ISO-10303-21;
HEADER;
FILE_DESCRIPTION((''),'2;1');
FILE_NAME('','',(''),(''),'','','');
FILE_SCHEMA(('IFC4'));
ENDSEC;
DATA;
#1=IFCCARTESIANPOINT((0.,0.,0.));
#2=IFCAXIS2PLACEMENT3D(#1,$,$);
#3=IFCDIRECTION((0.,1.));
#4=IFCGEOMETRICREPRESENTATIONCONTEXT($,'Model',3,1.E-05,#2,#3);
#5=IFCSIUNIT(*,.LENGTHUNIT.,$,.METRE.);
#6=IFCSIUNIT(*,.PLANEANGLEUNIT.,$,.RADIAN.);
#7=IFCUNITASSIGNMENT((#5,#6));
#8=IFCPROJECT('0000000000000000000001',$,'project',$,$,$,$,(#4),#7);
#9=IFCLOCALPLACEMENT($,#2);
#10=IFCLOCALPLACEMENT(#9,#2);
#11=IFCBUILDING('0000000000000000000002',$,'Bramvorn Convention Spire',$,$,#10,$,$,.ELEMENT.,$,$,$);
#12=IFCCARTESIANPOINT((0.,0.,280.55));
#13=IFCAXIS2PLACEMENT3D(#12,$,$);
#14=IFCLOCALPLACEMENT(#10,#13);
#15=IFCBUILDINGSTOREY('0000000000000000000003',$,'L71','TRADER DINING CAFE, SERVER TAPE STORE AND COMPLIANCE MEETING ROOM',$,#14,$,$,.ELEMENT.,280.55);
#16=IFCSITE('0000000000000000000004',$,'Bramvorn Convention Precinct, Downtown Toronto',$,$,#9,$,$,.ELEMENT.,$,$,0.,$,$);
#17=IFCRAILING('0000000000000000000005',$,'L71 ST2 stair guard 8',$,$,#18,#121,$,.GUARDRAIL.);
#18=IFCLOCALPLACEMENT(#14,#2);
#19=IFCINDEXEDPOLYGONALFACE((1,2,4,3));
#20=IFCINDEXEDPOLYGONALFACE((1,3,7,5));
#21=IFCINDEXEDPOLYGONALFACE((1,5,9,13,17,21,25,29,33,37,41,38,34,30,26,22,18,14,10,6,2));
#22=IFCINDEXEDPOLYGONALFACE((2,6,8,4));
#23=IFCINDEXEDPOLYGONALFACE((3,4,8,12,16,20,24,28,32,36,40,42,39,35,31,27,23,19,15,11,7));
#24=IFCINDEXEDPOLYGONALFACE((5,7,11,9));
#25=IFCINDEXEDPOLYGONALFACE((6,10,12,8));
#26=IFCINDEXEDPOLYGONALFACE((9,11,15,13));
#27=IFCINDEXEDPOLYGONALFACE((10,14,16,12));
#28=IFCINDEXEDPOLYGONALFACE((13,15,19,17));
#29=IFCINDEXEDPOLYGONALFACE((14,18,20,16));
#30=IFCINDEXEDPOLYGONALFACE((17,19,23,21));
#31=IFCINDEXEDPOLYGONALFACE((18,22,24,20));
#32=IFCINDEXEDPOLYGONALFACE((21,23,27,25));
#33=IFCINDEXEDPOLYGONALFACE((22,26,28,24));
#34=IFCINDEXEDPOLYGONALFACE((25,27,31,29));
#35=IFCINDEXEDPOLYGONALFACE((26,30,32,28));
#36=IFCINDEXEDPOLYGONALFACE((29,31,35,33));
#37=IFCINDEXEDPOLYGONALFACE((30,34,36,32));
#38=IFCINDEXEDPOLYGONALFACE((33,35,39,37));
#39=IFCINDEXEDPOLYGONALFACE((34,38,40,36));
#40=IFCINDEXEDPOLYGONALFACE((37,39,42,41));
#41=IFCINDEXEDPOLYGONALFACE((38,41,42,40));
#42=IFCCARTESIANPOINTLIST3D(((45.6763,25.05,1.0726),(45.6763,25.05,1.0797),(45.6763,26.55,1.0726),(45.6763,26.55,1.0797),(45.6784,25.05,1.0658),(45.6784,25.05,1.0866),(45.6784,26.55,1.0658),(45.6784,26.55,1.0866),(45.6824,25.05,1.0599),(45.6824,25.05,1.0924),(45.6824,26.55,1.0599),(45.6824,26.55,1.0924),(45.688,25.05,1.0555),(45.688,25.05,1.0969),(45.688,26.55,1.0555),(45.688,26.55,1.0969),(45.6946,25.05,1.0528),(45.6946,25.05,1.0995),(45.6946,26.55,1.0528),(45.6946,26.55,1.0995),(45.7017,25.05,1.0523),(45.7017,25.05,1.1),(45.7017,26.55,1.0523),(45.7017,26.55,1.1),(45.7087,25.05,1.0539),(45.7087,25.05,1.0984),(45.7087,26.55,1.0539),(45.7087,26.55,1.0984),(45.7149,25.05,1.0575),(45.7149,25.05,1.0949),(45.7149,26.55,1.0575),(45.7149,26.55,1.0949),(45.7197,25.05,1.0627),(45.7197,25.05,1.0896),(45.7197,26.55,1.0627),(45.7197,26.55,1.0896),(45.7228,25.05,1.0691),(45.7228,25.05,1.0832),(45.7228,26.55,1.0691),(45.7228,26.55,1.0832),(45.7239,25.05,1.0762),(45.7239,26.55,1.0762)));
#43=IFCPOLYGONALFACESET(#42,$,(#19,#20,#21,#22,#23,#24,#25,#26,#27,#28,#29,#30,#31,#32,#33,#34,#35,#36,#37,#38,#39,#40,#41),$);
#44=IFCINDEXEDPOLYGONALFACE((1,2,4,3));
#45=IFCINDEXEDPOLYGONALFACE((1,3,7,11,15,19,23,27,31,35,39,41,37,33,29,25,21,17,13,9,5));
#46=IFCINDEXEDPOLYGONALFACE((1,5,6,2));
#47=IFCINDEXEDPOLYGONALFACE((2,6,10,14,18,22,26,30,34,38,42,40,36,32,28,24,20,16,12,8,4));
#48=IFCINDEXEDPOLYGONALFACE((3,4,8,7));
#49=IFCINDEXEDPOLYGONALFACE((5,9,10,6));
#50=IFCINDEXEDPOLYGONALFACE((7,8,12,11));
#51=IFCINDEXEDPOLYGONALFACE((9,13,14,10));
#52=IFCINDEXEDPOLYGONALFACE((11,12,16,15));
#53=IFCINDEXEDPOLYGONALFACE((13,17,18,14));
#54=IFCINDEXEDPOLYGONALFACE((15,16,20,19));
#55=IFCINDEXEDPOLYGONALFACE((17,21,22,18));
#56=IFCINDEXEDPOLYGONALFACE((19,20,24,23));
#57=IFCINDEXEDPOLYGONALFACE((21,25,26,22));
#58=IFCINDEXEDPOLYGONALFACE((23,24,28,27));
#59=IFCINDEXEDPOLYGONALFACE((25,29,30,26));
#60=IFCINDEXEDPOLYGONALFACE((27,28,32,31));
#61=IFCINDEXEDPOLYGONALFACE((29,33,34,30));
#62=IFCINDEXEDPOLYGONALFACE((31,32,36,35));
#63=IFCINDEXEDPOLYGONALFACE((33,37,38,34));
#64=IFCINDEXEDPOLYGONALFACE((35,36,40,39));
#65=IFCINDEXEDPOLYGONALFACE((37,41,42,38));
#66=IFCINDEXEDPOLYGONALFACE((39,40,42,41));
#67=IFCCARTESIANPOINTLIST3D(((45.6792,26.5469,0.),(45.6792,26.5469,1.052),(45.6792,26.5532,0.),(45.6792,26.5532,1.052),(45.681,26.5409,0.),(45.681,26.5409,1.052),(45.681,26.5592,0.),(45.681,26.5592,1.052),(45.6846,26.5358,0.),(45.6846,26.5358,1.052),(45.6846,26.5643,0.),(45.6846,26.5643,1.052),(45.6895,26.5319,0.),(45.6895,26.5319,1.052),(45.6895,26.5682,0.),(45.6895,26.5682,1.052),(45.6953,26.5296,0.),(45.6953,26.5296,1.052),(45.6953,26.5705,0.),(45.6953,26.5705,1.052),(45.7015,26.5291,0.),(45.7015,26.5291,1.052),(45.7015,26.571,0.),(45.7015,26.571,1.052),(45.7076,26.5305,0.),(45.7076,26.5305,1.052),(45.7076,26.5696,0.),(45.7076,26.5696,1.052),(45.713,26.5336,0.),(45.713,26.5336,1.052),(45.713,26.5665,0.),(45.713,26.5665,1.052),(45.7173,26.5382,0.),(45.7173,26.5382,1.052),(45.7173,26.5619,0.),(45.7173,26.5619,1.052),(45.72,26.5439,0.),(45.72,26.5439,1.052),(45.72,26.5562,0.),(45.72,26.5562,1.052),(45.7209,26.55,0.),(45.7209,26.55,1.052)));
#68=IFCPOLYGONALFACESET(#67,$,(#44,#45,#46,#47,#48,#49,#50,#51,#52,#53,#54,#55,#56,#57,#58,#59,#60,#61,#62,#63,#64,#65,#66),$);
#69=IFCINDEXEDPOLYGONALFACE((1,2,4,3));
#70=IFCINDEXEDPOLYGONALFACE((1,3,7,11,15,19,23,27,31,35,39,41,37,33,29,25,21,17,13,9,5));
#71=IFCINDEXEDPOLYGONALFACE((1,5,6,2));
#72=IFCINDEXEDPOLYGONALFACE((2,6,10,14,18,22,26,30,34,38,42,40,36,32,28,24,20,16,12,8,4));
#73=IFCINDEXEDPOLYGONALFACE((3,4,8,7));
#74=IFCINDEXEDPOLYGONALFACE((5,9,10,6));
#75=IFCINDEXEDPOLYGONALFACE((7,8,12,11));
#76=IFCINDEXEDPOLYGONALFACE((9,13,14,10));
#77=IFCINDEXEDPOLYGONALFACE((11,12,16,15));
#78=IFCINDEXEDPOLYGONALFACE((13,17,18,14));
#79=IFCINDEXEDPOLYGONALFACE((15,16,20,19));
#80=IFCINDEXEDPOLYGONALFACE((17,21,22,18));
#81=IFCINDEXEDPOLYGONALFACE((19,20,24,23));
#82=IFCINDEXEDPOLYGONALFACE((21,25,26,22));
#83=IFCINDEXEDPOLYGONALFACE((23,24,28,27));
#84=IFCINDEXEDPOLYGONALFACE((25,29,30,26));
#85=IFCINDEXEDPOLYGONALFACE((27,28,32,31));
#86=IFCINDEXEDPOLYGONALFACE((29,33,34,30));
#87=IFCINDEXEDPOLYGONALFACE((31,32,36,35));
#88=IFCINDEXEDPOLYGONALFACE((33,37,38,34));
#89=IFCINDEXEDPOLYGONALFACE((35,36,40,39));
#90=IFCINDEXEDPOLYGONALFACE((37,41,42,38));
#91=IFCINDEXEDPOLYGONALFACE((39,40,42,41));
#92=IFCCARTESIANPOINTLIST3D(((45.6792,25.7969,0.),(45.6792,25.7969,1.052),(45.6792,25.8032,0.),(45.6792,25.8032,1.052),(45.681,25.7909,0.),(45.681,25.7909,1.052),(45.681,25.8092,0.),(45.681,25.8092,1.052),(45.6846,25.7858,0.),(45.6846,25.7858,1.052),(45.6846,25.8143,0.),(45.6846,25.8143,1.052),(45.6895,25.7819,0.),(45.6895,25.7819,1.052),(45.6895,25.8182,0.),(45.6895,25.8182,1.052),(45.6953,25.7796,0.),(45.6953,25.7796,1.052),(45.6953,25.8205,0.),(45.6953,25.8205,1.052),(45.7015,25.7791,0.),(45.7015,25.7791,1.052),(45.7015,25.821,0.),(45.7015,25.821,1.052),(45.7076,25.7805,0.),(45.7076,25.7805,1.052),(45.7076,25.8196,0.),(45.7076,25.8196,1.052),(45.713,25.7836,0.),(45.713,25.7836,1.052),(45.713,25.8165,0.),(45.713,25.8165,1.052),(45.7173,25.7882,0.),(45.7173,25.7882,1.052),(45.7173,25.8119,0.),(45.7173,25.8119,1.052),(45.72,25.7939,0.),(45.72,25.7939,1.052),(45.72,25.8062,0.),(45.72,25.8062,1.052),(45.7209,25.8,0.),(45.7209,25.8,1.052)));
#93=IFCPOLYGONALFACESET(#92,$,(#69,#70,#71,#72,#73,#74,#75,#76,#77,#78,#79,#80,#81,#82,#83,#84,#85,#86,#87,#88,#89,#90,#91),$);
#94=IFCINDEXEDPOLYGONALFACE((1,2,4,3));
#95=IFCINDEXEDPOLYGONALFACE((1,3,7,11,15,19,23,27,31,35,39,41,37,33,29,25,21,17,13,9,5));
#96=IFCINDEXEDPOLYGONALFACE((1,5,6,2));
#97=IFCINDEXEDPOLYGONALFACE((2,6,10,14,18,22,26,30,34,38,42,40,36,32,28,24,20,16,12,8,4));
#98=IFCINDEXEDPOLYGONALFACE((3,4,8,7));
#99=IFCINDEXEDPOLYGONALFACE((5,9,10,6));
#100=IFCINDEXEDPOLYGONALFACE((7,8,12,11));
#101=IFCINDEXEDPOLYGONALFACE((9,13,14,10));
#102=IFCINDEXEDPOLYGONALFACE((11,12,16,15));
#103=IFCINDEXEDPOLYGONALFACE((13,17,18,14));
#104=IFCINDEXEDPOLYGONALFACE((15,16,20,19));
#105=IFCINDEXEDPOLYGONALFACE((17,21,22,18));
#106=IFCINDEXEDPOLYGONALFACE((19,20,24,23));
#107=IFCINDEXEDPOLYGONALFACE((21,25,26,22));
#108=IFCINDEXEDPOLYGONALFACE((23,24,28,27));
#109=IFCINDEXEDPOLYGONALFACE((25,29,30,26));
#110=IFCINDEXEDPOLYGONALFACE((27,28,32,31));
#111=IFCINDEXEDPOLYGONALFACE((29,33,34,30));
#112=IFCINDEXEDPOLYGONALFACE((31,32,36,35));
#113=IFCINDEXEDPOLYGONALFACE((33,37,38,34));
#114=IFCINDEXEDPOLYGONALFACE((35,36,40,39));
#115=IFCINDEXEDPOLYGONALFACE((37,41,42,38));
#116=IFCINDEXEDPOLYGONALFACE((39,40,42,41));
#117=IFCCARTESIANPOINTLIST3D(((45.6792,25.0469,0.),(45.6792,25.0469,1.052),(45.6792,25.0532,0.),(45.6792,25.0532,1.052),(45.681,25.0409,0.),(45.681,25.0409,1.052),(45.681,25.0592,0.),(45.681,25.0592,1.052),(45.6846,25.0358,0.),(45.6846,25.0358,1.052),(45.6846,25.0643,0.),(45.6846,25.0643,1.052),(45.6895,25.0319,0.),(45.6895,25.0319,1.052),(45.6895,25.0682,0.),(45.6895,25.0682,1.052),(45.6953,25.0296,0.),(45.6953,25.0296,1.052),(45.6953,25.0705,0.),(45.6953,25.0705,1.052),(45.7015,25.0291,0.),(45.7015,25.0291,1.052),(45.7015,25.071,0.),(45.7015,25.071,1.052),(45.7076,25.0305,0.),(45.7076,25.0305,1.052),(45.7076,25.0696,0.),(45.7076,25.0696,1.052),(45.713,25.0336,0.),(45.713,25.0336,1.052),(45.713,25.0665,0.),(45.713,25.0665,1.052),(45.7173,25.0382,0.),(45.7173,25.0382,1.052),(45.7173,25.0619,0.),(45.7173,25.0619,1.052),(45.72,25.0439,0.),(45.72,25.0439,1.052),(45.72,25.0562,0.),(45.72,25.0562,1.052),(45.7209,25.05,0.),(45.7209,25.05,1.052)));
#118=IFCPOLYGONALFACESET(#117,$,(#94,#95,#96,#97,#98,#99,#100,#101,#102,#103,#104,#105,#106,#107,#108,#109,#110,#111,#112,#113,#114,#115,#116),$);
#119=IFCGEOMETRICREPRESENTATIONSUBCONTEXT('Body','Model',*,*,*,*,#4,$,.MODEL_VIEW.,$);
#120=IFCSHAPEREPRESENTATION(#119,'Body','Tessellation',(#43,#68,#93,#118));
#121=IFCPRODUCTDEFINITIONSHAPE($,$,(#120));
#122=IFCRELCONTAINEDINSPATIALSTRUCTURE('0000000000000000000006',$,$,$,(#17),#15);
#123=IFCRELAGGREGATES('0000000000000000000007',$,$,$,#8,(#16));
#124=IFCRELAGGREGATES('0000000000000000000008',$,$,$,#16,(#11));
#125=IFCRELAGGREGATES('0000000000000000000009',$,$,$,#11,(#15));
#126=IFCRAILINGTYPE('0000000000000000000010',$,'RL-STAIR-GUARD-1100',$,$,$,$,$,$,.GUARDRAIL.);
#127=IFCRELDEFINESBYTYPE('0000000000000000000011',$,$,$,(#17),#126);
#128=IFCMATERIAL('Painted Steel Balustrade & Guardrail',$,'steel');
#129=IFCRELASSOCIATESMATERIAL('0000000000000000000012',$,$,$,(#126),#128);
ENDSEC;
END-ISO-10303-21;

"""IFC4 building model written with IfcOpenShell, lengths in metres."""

from ifc_helpers import new_model, si_unit, direction, frame, origin, origin_2d, place, context, subcontext, project, spatial, circle, extrude, material, type_object, element, save


model = new_model("IFC4")

# Units and contexts
model_context = context("Model", 3, precision=1e-05, world=origin(), true_north=direction((0.0, 1.0)))
body_context = subcontext(model_context, "Body", "Model", "MODEL_VIEW")
ifc_project = project(units=[si_unit("LENGTHUNIT", "METRE"), si_unit("PLANEANGLEUNIT", "RADIAN")], contexts=[model_context])

# Site, building, storey
site_placement = place(None, origin())
site = spatial("IfcSite", under=ifc_project, at=site_placement, Name="Bramvorn Convention Precinct, Downtown Toronto", CompositionType="ELEMENT", RefElevation=0.0)
building_placement = place(site_placement, origin())
building = spatial("IfcBuilding", under=site, at=building_placement, Name="Bramvorn Convention Spire", CompositionType="ELEMENT")
storey_placement = place(building_placement, frame((0.0, 0.0, 280.55)))
storey = spatial("IfcBuildingStorey", under=building, at=storey_placement, Name="L71", Description="TRADER DINING CAFE, SERVER TAPE STORE AND COMPLIANCE MEETING ROOM", CompositionType="ELEMENT", Elevation=280.55)

# Railing
ifc_material_1 = material(Name="Painted Steel Balustrade & Guardrail", Category="steel")
railing_type_1 = type_object("IfcRailingType", Name="RL-STAIR-GUARD-1100", PredefinedType="GUARDRAIL", material=ifc_material_1)
railing_1_placement = place(storey_placement, frame((45.7, 26.55, 0.0)))
element("IfcRailing", 1, at=railing_1_placement, inside=storey, type_object=railing_type_1, Name="L71 ST2 stair guard 8", PredefinedType="GUARDRAIL", context=body_context, shape_type="SweptSolid", body=[
    extrude(circle(Radius=0.0239, at=origin_2d()), frame((0.0, 0.0, 1.0762), z_axis=(0.0, -1.0, 0.0), x_axis=(1.0, 0.0, 0.0)), (0.0, 0.0, 1.0), 1.5),
    extrude(circle(Radius=0.021, at=origin_2d()), origin(), (0.0, 0.0, 1.0), 1.052),
    extrude(circle(Radius=0.021, at=origin_2d()), frame((0.0, -0.75, 0.0)), (0.0, 0.0, 1.0), 1.052),
    extrude(circle(Radius=0.021, at=origin_2d()), frame((0.0, -1.5, 0.0)), (0.0, 0.0, 1.0), 1.052),
])

save(model, "model.ifc")
